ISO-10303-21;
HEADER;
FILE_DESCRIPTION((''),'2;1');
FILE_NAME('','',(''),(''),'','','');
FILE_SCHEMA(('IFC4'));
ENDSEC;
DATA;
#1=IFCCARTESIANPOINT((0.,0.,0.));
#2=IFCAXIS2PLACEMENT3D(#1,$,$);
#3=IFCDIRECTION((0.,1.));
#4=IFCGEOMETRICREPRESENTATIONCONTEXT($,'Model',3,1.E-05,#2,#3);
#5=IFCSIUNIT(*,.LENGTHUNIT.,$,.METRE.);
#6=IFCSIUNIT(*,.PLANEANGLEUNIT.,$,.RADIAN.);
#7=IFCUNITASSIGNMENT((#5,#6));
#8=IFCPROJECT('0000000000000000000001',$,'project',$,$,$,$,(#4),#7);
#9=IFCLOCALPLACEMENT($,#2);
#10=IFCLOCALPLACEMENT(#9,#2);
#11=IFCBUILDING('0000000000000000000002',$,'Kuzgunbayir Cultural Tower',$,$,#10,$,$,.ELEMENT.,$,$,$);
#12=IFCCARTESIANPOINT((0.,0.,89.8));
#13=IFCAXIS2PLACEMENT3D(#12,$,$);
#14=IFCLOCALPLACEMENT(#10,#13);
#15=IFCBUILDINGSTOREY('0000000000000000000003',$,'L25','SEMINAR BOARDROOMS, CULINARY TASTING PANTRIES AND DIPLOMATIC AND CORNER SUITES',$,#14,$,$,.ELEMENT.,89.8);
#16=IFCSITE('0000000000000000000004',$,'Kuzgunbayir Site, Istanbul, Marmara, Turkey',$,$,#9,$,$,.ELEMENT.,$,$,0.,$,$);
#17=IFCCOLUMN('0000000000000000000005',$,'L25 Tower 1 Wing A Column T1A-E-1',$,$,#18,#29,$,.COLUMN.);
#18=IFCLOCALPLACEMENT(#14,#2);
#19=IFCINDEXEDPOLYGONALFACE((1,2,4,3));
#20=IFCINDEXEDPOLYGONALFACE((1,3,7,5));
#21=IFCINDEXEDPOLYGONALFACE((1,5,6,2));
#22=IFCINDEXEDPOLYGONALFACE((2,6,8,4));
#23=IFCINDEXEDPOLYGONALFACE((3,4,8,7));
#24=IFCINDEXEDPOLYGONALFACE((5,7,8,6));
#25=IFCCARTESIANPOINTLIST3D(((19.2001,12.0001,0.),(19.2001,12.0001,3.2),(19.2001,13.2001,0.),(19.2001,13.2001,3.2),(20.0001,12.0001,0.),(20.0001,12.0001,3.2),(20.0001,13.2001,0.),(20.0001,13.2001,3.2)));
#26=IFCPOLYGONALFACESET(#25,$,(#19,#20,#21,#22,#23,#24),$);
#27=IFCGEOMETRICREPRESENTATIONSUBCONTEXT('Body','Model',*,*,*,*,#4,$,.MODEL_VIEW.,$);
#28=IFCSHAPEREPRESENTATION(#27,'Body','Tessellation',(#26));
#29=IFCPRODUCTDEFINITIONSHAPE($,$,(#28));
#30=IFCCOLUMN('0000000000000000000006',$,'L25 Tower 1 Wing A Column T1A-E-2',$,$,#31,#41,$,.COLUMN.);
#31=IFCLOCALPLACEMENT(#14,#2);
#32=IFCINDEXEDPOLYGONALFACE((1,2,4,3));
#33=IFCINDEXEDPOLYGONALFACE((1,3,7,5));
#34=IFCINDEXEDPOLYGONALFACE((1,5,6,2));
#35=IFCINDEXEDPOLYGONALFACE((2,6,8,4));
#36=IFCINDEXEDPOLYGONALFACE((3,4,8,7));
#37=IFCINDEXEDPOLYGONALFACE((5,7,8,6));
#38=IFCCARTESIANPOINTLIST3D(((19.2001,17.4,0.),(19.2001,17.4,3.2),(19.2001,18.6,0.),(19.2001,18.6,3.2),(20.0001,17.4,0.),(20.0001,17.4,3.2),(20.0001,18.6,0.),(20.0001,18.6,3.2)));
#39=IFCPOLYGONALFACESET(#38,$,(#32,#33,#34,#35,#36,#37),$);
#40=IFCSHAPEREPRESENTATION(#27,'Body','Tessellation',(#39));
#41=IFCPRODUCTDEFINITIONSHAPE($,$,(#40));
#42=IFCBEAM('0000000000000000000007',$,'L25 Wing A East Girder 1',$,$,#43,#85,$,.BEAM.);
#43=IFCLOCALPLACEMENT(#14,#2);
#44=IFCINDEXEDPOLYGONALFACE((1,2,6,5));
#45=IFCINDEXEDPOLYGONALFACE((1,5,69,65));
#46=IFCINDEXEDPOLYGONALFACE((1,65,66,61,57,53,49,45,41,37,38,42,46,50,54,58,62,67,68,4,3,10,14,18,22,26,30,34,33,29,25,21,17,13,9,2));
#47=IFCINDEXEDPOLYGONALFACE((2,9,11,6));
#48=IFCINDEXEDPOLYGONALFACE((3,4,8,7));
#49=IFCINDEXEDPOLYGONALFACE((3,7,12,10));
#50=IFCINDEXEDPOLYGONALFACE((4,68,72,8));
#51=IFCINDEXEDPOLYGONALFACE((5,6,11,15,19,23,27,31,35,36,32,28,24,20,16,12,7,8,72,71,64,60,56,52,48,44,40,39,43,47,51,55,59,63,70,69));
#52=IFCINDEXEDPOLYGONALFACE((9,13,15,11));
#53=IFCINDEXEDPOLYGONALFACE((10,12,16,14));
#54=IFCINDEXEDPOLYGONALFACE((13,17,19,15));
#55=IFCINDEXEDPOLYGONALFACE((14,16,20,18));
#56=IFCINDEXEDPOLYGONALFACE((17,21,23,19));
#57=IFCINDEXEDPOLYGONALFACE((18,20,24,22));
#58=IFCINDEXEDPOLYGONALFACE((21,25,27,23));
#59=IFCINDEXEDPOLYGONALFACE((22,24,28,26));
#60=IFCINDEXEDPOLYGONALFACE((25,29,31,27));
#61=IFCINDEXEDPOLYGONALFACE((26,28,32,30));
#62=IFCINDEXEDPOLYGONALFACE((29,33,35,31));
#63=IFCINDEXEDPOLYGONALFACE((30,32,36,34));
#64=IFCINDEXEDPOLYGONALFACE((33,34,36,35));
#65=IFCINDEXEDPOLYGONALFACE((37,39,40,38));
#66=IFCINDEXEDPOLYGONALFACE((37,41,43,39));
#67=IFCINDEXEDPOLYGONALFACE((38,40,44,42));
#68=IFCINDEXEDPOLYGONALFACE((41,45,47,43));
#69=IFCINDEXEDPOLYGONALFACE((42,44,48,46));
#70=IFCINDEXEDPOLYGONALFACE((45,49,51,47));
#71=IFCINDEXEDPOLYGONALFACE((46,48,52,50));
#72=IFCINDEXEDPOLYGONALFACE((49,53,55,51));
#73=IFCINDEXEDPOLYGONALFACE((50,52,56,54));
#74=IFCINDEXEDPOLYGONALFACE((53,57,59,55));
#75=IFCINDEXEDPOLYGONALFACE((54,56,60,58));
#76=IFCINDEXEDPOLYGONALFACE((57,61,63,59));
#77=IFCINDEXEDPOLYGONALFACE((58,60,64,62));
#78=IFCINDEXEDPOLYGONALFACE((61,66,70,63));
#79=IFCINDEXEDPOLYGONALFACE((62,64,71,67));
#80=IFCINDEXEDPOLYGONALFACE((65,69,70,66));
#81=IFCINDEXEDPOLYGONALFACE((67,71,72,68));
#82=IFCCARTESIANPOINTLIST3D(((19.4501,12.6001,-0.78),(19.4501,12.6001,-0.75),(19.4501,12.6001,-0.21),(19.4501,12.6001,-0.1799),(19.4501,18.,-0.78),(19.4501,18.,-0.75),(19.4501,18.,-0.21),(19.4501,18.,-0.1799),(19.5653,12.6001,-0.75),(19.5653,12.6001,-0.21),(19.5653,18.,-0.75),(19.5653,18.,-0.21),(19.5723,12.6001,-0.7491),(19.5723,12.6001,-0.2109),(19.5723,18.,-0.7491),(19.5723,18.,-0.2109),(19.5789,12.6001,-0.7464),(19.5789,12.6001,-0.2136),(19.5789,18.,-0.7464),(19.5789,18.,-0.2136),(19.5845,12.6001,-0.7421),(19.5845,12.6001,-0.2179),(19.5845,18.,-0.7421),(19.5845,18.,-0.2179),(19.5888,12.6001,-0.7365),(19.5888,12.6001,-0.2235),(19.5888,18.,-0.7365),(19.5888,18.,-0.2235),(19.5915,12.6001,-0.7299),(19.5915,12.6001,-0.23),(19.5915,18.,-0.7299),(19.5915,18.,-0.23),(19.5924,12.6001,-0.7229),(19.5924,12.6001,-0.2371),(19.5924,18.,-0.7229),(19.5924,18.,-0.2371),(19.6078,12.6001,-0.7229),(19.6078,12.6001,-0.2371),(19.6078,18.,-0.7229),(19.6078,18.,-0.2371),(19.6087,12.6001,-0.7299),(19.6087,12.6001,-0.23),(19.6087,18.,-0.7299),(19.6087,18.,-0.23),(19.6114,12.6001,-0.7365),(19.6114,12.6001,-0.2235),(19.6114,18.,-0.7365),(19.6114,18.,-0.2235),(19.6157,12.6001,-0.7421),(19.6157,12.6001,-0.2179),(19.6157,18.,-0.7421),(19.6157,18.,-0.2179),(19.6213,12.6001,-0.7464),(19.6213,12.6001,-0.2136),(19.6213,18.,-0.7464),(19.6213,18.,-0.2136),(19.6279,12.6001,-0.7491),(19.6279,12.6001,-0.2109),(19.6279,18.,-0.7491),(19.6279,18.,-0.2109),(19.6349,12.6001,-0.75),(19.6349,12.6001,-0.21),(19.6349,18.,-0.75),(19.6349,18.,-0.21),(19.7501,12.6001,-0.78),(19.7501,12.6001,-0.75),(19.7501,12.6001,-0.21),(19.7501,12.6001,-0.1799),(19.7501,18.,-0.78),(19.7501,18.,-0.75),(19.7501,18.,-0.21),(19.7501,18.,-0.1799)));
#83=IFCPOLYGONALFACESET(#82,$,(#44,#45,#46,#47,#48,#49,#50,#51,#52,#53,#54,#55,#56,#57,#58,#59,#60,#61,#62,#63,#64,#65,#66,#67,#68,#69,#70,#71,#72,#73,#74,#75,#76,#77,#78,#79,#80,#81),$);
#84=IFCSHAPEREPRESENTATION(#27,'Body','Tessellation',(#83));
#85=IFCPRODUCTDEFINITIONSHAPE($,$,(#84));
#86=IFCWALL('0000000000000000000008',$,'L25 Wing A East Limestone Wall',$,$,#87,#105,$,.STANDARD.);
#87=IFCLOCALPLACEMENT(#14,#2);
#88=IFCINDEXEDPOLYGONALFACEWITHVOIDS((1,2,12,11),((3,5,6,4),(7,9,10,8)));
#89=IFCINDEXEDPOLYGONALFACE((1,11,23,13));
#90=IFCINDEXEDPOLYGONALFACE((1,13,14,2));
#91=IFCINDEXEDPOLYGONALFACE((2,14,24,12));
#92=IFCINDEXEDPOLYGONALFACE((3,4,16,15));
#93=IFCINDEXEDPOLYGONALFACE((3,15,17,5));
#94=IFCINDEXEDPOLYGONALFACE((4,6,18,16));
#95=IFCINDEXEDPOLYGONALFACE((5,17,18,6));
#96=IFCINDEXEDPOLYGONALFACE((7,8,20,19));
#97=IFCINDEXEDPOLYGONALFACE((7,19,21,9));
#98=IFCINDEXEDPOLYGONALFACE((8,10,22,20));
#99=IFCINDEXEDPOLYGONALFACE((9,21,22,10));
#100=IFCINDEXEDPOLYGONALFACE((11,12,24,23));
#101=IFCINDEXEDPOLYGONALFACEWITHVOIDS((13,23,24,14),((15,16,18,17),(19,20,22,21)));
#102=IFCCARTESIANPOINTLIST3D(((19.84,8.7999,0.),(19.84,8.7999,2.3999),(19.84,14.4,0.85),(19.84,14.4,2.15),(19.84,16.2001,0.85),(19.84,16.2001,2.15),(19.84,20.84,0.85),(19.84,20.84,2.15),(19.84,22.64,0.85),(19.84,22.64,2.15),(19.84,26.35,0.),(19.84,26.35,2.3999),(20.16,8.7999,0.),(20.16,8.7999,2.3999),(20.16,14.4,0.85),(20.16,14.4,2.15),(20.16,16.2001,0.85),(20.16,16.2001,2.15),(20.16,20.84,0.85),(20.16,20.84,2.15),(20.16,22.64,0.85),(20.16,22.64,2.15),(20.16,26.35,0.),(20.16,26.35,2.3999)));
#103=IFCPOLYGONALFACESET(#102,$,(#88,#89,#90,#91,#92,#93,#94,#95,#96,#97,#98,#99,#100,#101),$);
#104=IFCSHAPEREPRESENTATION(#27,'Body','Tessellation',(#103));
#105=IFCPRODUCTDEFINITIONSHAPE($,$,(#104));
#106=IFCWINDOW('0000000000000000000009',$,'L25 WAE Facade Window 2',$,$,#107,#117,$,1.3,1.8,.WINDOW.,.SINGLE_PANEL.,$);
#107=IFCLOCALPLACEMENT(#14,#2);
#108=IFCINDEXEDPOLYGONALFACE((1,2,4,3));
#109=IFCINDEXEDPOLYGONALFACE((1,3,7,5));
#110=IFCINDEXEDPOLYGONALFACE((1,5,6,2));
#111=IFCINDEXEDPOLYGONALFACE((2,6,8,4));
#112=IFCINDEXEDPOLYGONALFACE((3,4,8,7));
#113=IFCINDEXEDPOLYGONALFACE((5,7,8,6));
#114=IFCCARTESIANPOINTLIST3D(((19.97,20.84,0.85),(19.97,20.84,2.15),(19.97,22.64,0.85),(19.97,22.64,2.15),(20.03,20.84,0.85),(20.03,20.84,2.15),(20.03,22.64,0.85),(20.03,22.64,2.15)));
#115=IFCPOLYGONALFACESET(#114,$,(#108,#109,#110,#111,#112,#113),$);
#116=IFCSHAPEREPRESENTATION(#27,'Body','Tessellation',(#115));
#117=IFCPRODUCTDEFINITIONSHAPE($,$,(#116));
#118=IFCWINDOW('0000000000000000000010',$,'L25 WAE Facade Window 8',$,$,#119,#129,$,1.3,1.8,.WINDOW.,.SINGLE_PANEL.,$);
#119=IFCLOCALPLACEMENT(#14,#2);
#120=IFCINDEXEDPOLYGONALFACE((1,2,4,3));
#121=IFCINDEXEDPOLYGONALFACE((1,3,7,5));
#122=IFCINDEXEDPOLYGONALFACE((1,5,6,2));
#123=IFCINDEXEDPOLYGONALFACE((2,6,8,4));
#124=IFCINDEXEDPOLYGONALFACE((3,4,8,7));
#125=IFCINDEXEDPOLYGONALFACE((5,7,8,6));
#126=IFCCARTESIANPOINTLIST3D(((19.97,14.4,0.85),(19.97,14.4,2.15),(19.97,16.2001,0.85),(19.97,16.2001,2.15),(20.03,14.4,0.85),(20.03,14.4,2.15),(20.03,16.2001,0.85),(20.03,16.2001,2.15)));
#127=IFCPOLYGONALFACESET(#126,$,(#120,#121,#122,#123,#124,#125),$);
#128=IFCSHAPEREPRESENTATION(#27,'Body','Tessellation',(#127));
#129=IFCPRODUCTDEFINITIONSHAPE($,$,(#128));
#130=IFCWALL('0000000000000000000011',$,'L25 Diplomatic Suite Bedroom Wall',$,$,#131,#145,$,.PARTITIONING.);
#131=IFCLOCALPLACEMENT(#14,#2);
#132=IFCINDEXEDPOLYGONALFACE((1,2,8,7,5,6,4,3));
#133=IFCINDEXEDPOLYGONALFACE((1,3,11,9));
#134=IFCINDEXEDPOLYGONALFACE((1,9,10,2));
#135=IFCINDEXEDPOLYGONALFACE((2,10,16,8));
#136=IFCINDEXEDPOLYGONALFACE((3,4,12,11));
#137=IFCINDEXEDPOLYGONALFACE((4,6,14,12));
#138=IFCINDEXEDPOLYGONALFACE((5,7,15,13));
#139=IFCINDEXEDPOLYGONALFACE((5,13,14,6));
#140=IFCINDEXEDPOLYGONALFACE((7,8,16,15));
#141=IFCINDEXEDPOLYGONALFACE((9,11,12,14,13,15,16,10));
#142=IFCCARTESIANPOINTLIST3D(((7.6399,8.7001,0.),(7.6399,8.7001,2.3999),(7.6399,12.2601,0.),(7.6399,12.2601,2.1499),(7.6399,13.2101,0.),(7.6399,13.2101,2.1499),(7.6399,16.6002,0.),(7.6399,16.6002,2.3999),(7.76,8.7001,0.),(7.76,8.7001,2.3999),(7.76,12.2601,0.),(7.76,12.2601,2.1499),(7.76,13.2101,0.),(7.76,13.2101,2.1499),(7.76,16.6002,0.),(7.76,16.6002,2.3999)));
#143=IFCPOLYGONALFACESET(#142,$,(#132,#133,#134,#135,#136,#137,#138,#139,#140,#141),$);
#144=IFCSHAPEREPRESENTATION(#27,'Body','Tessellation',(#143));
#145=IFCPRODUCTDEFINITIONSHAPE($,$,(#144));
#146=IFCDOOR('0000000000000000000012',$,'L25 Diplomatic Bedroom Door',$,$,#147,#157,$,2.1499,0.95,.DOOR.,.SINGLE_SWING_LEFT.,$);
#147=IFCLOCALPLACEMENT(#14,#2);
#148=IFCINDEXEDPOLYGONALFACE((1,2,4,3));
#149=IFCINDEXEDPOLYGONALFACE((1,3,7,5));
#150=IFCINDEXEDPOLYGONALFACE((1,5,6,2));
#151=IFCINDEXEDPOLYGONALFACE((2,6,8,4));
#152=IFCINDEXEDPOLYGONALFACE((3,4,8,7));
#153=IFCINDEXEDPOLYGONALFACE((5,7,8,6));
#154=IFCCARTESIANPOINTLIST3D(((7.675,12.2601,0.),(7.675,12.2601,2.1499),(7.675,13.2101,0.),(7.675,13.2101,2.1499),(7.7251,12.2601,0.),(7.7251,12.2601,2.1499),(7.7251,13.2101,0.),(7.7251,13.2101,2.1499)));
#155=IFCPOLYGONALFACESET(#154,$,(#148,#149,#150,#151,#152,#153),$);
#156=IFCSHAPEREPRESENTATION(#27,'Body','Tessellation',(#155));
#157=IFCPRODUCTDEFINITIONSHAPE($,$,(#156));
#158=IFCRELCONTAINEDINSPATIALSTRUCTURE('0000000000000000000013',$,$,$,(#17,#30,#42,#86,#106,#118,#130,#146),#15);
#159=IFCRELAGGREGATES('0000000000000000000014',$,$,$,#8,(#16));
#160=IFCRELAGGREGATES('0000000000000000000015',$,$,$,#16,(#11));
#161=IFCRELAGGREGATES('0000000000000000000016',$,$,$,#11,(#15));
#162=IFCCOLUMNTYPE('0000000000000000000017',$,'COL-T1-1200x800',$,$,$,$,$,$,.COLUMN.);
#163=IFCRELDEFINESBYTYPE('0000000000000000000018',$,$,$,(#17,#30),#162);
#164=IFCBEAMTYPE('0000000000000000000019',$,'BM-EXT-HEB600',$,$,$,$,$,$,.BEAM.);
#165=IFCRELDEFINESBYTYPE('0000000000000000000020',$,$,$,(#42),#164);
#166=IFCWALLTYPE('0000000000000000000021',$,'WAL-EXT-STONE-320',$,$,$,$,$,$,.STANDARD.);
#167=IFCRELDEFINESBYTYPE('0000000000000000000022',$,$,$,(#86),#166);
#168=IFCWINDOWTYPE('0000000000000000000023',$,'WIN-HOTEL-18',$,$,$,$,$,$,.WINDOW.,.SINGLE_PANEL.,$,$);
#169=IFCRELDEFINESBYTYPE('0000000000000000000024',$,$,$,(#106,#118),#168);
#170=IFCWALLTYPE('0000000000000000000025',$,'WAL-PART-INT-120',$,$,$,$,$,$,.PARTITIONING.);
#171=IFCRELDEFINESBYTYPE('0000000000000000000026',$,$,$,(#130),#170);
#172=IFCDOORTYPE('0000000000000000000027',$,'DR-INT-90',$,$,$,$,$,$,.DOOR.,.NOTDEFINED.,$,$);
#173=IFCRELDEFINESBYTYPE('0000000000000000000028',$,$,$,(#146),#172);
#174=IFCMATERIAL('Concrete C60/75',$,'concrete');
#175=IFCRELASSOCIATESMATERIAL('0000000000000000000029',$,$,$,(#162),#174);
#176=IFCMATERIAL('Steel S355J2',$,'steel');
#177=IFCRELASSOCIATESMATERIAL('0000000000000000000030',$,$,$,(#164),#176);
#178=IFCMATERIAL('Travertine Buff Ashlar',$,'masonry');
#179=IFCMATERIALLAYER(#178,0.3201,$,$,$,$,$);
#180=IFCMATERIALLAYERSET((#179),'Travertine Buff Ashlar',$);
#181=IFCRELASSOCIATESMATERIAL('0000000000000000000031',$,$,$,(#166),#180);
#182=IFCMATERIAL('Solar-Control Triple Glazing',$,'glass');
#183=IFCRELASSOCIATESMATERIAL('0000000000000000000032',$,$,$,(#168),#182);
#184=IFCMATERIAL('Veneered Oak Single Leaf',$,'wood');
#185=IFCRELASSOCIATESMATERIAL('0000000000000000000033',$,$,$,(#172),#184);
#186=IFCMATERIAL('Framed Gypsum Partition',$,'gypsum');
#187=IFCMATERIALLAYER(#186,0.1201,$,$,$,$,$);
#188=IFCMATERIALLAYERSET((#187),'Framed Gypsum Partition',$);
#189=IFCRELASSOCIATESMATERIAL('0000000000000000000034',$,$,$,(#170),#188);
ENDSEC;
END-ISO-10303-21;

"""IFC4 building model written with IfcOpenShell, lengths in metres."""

from ifc_helpers import new_model, si_unit, direction, frame, frame_2d, origin, origin_2d, place, context, subcontext, project, spatial, rectangle, i_section, extrude, material, layer, layer_set, material_profile, profile_set, type_object, element, fill, save


model = new_model("IFC4")

# Units and contexts
model_context = context("Model", 3, precision=1e-05, world=origin(), true_north=direction((0.0, 1.0)))
body_context = subcontext(model_context, "Body", "Model", "MODEL_VIEW")
ifc_project = project(units=[si_unit("LENGTHUNIT", "METRE"), si_unit("PLANEANGLEUNIT", "RADIAN")], contexts=[model_context])

# Site, building, storey
site_placement = place(None, origin())
site = spatial("IfcSite", under=ifc_project, at=site_placement, Name="Kuzgunbayir Site, Istanbul, Marmara, Turkey", CompositionType="ELEMENT", RefElevation=0.0)
building_placement = place(site_placement, origin())
building = spatial("IfcBuilding", under=site, at=building_placement, Name="Kuzgunbayir Cultural Tower", CompositionType="ELEMENT")
storey_placement = place(building_placement, frame((0.0, 0.0, 89.8)))
storey = spatial("IfcBuildingStorey", under=building, at=storey_placement, Name="L25", Description="SEMINAR BOARDROOMS, CULINARY TASTING PANTRIES AND DIPLOMATIC AND CORNER SUITES", CompositionType="ELEMENT", Elevation=89.8)

# Columns
ifc_material_1 = material(Name="Concrete C60/75", Category="concrete")
ifc_material_profile_1 = material_profile(ifc_material_1, rectangle(XDim=0.8, YDim=1.2, at=origin_2d()), Name="RC 1200x800")
ifc_profile_set_1 = profile_set([ifc_material_profile_1], Name="Concrete C60/75")
column_type = type_object("IfcColumnType", Name="COL-T1-1200x800", PredefinedType="COLUMN", material=ifc_profile_set_1)
for number, where, z_axis, x_axis, name in (
    (1, (19.6001, 12.6001, 0.0), (0.0, 0.0, 1.0), (1.0, 0.0, 0.0), "L25 Tower 1 Wing A Column T1A-E-1"),
    (2, (19.6001, 18.0, 0.0), (0.0, 0.0, 1.0), (1.0, 0.0, 0.0), "L25 Tower 1 Wing A Column T1A-E-2"),
):
    element("IfcColumn", number, at=place(storey_placement, frame(where, z_axis=z_axis, x_axis=x_axis)), inside=storey, type_object=column_type, Name=name, PredefinedType="COLUMN", context=body_context, shape_type="SweptSolid", body=[
        extrude(rectangle(XDim=0.8, YDim=1.2, at=origin_2d()), origin(), (0.0, 0.0, 1.0), 3.2),
    ])

# Beam
ifc_material_2 = material(Name="Steel S355J2", Category="steel")
ifc_material_profile_2 = material_profile(ifc_material_2, i_section(OverallWidth=0.3, OverallDepth=0.6001, WebThickness=0.0154, FlangeThickness=0.03, FilletRadius=0.0271, at=origin_2d()), Name="HEB 600")
ifc_profile_set_2 = profile_set([ifc_material_profile_2], Name="Steel S355J2")
beam_type = type_object("IfcBeamType", Name="BM-EXT-HEB600", PredefinedType="BEAM", material=ifc_profile_set_2)
beam_placement = place(storey_placement, frame((19.6001, 12.6001, -0.48), z_axis=(0.0, 1.0, 0.0), x_axis=(-1.0, 0.0, 0.0)))
element("IfcBeam", 3, at=beam_placement, inside=storey, type_object=beam_type, Name="L25 Wing A East Girder 1", PredefinedType="BEAM", context=body_context, shape_type="SweptSolid", body=[
    extrude(i_section(OverallWidth=0.3, OverallDepth=0.6001, WebThickness=0.0154, FlangeThickness=0.03, FilletRadius=0.0271, at=origin_2d()), origin(), (0.0, 0.0, 1.0), 5.3999),
])

# Wall, openings, windows
ifc_material_3 = material(Name="Travertine Buff Ashlar", Category="masonry")
ifc_layer_1 = layer(ifc_material_3, 0.3201)
ifc_layer_set_1 = layer_set([ifc_layer_1], Name="Travertine Buff Ashlar")
wall_type_1 = type_object("IfcWallType", Name="WAL-EXT-STONE-320", PredefinedType="STANDARD", material=ifc_layer_set_1)
wall_1_placement = place(storey_placement, frame((20.0, 8.8, 0.0), z_axis=(0.0, 0.0, 1.0), x_axis=(0.0, 1.0, 0.0)))
wall_1 = element("IfcWall", 4, at=wall_1_placement, inside=storey, type_object=wall_type_1, Name="L25 Wing A East Limestone Wall", PredefinedType="STANDARD", context=body_context, shape_type="SweptSolid", body=[
    extrude(rectangle(XDim=17.55, YDim=0.3201, at=frame_2d((8.7749, 0.0))), origin(), (0.0, 0.0, 1.0), 2.3999),
])
opening_1_placement = place(wall_1_placement, frame((12.04, 0.0, 0.8501)))
opening_1 = element("IfcOpeningElement", 5, at=opening_1_placement, cuts=wall_1, PredefinedType="OPENING", context=body_context, shape_type="SweptSolid", body=[
    extrude(rectangle(XDim=1.8, YDim=1.3, at=frame_2d((0.8999, 0.6499))), frame((0.0, 0.1699, 0.0), z_axis=(0.0, -1.0, 0.0), x_axis=(1.0, 0.0, 0.0)), (0.0, 0.0, 1.0), 0.3401),
])
opening_2_placement = place(wall_1_placement, frame((5.6001, 0.0, 0.8501)))
opening_2 = element("IfcOpeningElement", 6, at=opening_2_placement, cuts=wall_1, PredefinedType="OPENING", context=body_context, shape_type="SweptSolid", body=[
    extrude(rectangle(XDim=1.8, YDim=1.3, at=frame_2d((0.8999, 0.6499))), frame((0.0, 0.1699, 0.0), z_axis=(0.0, -1.0, 0.0), x_axis=(1.0, 0.0, 0.0)), (0.0, 0.0, 1.0), 0.3401),
])
ifc_material_4 = material(Name="Solar-Control Triple Glazing", Category="glass")
window_type = type_object("IfcWindowType", Name="WIN-HOTEL-18", PartitioningType="SINGLE_PANEL", PredefinedType="WINDOW", material=ifc_material_4)
window_1_placement = place(opening_1_placement, origin())
window_1 = element("IfcWindow", 7, at=window_1_placement, inside=storey, type_object=window_type, Name="L25 WAE Facade Window 2", OverallHeight=1.3, OverallWidth=1.8, PartitioningType="SINGLE_PANEL", PredefinedType="WINDOW", context=body_context, shape_type="SweptSolid", body=[
    extrude(rectangle(XDim=1.8, YDim=1.3, at=frame_2d((0.8999, 0.6499))), frame((0.0, 0.03, 0.0), z_axis=(0.0, -1.0, 0.0), x_axis=(1.0, 0.0, 0.0)), (0.0, 0.0, 1.0), 0.0601),
])
fill(opening_1, window_1)
window_2_placement = place(opening_2_placement, origin())
window_2 = element("IfcWindow", 8, at=window_2_placement, inside=storey, type_object=window_type, Name="L25 WAE Facade Window 8", OverallHeight=1.3, OverallWidth=1.8, PartitioningType="SINGLE_PANEL", PredefinedType="WINDOW", context=body_context, shape_type="SweptSolid", body=[
    extrude(rectangle(XDim=1.8, YDim=1.3, at=frame_2d((0.8999, 0.6499))), frame((0.0, 0.03, 0.0), z_axis=(0.0, -1.0, 0.0), x_axis=(1.0, 0.0, 0.0)), (0.0, 0.0, 1.0), 0.0601),
])
fill(opening_2, window_2)

# Shared definitions
ifc_material_5 = material(Name="Veneered Oak Single Leaf", Category="wood")
door_type_1 = type_object("IfcDoorType", Name="DR-INT-90", OperationType="NOTDEFINED", PredefinedType="DOOR", material=ifc_material_5)

# Wall, opening, door
ifc_material_6 = material(Name="Framed Gypsum Partition", Category="gypsum")
ifc_layer_2 = layer(ifc_material_6, 0.1201)
ifc_layer_set_2 = layer_set([ifc_layer_2], Name="Framed Gypsum Partition")
wall_type_2 = type_object("IfcWallType", Name="WAL-PART-INT-120", PredefinedType="PARTITIONING", material=ifc_layer_set_2)
wall_2_placement = place(storey_placement, frame((7.7, 8.7, 0.0), z_axis=(0.0, 0.0, 1.0), x_axis=(0.0, 1.0, 0.0)))
wall_2 = element("IfcWall", 9, at=wall_2_placement, inside=storey, type_object=wall_type_2, Name="L25 Diplomatic Suite Bedroom Wall", PredefinedType="PARTITIONING", context=body_context, shape_type="SweptSolid", body=[
    extrude(rectangle(XDim=7.9001, YDim=0.1201, at=frame_2d((3.9502, 0.0))), origin(), (0.0, 0.0, 1.0), 2.3999),
])
opening_3_placement = place(wall_2_placement, frame((3.5601, 0.0, 0.0)))
opening_3 = element("IfcOpeningElement", 10, at=opening_3_placement, cuts=wall_2, PredefinedType="OPENING", context=body_context, shape_type="SweptSolid", body=[
    extrude(rectangle(XDim=0.95, YDim=2.1499, at=frame_2d((0.4751, 1.075))), frame((0.0, 0.0701, 0.0), z_axis=(0.0, -1.0, 0.0), x_axis=(1.0, 0.0, 0.0)), (0.0, 0.0, 1.0), 0.1401),
])
door_1_placement = place(opening_3_placement, origin())
door_1 = element("IfcDoor", 11, at=door_1_placement, inside=storey, type_object=door_type_1, Name="L25 Diplomatic Bedroom Door", OperationType="SINGLE_SWING_LEFT", OverallHeight=2.1499, OverallWidth=0.95, PredefinedType="DOOR", context=body_context, shape_type="SweptSolid", body=[
    extrude(rectangle(XDim=0.95, YDim=2.1499, at=frame_2d((0.4751, 1.075))), frame((0.0, 0.0249, 0.0), z_axis=(0.0, -1.0, 0.0), x_axis=(1.0, 0.0, 0.0)), (0.0, 0.0, 1.0), 0.05),
])
fill(opening_3, door_1)

save(model, "model.ifc")
